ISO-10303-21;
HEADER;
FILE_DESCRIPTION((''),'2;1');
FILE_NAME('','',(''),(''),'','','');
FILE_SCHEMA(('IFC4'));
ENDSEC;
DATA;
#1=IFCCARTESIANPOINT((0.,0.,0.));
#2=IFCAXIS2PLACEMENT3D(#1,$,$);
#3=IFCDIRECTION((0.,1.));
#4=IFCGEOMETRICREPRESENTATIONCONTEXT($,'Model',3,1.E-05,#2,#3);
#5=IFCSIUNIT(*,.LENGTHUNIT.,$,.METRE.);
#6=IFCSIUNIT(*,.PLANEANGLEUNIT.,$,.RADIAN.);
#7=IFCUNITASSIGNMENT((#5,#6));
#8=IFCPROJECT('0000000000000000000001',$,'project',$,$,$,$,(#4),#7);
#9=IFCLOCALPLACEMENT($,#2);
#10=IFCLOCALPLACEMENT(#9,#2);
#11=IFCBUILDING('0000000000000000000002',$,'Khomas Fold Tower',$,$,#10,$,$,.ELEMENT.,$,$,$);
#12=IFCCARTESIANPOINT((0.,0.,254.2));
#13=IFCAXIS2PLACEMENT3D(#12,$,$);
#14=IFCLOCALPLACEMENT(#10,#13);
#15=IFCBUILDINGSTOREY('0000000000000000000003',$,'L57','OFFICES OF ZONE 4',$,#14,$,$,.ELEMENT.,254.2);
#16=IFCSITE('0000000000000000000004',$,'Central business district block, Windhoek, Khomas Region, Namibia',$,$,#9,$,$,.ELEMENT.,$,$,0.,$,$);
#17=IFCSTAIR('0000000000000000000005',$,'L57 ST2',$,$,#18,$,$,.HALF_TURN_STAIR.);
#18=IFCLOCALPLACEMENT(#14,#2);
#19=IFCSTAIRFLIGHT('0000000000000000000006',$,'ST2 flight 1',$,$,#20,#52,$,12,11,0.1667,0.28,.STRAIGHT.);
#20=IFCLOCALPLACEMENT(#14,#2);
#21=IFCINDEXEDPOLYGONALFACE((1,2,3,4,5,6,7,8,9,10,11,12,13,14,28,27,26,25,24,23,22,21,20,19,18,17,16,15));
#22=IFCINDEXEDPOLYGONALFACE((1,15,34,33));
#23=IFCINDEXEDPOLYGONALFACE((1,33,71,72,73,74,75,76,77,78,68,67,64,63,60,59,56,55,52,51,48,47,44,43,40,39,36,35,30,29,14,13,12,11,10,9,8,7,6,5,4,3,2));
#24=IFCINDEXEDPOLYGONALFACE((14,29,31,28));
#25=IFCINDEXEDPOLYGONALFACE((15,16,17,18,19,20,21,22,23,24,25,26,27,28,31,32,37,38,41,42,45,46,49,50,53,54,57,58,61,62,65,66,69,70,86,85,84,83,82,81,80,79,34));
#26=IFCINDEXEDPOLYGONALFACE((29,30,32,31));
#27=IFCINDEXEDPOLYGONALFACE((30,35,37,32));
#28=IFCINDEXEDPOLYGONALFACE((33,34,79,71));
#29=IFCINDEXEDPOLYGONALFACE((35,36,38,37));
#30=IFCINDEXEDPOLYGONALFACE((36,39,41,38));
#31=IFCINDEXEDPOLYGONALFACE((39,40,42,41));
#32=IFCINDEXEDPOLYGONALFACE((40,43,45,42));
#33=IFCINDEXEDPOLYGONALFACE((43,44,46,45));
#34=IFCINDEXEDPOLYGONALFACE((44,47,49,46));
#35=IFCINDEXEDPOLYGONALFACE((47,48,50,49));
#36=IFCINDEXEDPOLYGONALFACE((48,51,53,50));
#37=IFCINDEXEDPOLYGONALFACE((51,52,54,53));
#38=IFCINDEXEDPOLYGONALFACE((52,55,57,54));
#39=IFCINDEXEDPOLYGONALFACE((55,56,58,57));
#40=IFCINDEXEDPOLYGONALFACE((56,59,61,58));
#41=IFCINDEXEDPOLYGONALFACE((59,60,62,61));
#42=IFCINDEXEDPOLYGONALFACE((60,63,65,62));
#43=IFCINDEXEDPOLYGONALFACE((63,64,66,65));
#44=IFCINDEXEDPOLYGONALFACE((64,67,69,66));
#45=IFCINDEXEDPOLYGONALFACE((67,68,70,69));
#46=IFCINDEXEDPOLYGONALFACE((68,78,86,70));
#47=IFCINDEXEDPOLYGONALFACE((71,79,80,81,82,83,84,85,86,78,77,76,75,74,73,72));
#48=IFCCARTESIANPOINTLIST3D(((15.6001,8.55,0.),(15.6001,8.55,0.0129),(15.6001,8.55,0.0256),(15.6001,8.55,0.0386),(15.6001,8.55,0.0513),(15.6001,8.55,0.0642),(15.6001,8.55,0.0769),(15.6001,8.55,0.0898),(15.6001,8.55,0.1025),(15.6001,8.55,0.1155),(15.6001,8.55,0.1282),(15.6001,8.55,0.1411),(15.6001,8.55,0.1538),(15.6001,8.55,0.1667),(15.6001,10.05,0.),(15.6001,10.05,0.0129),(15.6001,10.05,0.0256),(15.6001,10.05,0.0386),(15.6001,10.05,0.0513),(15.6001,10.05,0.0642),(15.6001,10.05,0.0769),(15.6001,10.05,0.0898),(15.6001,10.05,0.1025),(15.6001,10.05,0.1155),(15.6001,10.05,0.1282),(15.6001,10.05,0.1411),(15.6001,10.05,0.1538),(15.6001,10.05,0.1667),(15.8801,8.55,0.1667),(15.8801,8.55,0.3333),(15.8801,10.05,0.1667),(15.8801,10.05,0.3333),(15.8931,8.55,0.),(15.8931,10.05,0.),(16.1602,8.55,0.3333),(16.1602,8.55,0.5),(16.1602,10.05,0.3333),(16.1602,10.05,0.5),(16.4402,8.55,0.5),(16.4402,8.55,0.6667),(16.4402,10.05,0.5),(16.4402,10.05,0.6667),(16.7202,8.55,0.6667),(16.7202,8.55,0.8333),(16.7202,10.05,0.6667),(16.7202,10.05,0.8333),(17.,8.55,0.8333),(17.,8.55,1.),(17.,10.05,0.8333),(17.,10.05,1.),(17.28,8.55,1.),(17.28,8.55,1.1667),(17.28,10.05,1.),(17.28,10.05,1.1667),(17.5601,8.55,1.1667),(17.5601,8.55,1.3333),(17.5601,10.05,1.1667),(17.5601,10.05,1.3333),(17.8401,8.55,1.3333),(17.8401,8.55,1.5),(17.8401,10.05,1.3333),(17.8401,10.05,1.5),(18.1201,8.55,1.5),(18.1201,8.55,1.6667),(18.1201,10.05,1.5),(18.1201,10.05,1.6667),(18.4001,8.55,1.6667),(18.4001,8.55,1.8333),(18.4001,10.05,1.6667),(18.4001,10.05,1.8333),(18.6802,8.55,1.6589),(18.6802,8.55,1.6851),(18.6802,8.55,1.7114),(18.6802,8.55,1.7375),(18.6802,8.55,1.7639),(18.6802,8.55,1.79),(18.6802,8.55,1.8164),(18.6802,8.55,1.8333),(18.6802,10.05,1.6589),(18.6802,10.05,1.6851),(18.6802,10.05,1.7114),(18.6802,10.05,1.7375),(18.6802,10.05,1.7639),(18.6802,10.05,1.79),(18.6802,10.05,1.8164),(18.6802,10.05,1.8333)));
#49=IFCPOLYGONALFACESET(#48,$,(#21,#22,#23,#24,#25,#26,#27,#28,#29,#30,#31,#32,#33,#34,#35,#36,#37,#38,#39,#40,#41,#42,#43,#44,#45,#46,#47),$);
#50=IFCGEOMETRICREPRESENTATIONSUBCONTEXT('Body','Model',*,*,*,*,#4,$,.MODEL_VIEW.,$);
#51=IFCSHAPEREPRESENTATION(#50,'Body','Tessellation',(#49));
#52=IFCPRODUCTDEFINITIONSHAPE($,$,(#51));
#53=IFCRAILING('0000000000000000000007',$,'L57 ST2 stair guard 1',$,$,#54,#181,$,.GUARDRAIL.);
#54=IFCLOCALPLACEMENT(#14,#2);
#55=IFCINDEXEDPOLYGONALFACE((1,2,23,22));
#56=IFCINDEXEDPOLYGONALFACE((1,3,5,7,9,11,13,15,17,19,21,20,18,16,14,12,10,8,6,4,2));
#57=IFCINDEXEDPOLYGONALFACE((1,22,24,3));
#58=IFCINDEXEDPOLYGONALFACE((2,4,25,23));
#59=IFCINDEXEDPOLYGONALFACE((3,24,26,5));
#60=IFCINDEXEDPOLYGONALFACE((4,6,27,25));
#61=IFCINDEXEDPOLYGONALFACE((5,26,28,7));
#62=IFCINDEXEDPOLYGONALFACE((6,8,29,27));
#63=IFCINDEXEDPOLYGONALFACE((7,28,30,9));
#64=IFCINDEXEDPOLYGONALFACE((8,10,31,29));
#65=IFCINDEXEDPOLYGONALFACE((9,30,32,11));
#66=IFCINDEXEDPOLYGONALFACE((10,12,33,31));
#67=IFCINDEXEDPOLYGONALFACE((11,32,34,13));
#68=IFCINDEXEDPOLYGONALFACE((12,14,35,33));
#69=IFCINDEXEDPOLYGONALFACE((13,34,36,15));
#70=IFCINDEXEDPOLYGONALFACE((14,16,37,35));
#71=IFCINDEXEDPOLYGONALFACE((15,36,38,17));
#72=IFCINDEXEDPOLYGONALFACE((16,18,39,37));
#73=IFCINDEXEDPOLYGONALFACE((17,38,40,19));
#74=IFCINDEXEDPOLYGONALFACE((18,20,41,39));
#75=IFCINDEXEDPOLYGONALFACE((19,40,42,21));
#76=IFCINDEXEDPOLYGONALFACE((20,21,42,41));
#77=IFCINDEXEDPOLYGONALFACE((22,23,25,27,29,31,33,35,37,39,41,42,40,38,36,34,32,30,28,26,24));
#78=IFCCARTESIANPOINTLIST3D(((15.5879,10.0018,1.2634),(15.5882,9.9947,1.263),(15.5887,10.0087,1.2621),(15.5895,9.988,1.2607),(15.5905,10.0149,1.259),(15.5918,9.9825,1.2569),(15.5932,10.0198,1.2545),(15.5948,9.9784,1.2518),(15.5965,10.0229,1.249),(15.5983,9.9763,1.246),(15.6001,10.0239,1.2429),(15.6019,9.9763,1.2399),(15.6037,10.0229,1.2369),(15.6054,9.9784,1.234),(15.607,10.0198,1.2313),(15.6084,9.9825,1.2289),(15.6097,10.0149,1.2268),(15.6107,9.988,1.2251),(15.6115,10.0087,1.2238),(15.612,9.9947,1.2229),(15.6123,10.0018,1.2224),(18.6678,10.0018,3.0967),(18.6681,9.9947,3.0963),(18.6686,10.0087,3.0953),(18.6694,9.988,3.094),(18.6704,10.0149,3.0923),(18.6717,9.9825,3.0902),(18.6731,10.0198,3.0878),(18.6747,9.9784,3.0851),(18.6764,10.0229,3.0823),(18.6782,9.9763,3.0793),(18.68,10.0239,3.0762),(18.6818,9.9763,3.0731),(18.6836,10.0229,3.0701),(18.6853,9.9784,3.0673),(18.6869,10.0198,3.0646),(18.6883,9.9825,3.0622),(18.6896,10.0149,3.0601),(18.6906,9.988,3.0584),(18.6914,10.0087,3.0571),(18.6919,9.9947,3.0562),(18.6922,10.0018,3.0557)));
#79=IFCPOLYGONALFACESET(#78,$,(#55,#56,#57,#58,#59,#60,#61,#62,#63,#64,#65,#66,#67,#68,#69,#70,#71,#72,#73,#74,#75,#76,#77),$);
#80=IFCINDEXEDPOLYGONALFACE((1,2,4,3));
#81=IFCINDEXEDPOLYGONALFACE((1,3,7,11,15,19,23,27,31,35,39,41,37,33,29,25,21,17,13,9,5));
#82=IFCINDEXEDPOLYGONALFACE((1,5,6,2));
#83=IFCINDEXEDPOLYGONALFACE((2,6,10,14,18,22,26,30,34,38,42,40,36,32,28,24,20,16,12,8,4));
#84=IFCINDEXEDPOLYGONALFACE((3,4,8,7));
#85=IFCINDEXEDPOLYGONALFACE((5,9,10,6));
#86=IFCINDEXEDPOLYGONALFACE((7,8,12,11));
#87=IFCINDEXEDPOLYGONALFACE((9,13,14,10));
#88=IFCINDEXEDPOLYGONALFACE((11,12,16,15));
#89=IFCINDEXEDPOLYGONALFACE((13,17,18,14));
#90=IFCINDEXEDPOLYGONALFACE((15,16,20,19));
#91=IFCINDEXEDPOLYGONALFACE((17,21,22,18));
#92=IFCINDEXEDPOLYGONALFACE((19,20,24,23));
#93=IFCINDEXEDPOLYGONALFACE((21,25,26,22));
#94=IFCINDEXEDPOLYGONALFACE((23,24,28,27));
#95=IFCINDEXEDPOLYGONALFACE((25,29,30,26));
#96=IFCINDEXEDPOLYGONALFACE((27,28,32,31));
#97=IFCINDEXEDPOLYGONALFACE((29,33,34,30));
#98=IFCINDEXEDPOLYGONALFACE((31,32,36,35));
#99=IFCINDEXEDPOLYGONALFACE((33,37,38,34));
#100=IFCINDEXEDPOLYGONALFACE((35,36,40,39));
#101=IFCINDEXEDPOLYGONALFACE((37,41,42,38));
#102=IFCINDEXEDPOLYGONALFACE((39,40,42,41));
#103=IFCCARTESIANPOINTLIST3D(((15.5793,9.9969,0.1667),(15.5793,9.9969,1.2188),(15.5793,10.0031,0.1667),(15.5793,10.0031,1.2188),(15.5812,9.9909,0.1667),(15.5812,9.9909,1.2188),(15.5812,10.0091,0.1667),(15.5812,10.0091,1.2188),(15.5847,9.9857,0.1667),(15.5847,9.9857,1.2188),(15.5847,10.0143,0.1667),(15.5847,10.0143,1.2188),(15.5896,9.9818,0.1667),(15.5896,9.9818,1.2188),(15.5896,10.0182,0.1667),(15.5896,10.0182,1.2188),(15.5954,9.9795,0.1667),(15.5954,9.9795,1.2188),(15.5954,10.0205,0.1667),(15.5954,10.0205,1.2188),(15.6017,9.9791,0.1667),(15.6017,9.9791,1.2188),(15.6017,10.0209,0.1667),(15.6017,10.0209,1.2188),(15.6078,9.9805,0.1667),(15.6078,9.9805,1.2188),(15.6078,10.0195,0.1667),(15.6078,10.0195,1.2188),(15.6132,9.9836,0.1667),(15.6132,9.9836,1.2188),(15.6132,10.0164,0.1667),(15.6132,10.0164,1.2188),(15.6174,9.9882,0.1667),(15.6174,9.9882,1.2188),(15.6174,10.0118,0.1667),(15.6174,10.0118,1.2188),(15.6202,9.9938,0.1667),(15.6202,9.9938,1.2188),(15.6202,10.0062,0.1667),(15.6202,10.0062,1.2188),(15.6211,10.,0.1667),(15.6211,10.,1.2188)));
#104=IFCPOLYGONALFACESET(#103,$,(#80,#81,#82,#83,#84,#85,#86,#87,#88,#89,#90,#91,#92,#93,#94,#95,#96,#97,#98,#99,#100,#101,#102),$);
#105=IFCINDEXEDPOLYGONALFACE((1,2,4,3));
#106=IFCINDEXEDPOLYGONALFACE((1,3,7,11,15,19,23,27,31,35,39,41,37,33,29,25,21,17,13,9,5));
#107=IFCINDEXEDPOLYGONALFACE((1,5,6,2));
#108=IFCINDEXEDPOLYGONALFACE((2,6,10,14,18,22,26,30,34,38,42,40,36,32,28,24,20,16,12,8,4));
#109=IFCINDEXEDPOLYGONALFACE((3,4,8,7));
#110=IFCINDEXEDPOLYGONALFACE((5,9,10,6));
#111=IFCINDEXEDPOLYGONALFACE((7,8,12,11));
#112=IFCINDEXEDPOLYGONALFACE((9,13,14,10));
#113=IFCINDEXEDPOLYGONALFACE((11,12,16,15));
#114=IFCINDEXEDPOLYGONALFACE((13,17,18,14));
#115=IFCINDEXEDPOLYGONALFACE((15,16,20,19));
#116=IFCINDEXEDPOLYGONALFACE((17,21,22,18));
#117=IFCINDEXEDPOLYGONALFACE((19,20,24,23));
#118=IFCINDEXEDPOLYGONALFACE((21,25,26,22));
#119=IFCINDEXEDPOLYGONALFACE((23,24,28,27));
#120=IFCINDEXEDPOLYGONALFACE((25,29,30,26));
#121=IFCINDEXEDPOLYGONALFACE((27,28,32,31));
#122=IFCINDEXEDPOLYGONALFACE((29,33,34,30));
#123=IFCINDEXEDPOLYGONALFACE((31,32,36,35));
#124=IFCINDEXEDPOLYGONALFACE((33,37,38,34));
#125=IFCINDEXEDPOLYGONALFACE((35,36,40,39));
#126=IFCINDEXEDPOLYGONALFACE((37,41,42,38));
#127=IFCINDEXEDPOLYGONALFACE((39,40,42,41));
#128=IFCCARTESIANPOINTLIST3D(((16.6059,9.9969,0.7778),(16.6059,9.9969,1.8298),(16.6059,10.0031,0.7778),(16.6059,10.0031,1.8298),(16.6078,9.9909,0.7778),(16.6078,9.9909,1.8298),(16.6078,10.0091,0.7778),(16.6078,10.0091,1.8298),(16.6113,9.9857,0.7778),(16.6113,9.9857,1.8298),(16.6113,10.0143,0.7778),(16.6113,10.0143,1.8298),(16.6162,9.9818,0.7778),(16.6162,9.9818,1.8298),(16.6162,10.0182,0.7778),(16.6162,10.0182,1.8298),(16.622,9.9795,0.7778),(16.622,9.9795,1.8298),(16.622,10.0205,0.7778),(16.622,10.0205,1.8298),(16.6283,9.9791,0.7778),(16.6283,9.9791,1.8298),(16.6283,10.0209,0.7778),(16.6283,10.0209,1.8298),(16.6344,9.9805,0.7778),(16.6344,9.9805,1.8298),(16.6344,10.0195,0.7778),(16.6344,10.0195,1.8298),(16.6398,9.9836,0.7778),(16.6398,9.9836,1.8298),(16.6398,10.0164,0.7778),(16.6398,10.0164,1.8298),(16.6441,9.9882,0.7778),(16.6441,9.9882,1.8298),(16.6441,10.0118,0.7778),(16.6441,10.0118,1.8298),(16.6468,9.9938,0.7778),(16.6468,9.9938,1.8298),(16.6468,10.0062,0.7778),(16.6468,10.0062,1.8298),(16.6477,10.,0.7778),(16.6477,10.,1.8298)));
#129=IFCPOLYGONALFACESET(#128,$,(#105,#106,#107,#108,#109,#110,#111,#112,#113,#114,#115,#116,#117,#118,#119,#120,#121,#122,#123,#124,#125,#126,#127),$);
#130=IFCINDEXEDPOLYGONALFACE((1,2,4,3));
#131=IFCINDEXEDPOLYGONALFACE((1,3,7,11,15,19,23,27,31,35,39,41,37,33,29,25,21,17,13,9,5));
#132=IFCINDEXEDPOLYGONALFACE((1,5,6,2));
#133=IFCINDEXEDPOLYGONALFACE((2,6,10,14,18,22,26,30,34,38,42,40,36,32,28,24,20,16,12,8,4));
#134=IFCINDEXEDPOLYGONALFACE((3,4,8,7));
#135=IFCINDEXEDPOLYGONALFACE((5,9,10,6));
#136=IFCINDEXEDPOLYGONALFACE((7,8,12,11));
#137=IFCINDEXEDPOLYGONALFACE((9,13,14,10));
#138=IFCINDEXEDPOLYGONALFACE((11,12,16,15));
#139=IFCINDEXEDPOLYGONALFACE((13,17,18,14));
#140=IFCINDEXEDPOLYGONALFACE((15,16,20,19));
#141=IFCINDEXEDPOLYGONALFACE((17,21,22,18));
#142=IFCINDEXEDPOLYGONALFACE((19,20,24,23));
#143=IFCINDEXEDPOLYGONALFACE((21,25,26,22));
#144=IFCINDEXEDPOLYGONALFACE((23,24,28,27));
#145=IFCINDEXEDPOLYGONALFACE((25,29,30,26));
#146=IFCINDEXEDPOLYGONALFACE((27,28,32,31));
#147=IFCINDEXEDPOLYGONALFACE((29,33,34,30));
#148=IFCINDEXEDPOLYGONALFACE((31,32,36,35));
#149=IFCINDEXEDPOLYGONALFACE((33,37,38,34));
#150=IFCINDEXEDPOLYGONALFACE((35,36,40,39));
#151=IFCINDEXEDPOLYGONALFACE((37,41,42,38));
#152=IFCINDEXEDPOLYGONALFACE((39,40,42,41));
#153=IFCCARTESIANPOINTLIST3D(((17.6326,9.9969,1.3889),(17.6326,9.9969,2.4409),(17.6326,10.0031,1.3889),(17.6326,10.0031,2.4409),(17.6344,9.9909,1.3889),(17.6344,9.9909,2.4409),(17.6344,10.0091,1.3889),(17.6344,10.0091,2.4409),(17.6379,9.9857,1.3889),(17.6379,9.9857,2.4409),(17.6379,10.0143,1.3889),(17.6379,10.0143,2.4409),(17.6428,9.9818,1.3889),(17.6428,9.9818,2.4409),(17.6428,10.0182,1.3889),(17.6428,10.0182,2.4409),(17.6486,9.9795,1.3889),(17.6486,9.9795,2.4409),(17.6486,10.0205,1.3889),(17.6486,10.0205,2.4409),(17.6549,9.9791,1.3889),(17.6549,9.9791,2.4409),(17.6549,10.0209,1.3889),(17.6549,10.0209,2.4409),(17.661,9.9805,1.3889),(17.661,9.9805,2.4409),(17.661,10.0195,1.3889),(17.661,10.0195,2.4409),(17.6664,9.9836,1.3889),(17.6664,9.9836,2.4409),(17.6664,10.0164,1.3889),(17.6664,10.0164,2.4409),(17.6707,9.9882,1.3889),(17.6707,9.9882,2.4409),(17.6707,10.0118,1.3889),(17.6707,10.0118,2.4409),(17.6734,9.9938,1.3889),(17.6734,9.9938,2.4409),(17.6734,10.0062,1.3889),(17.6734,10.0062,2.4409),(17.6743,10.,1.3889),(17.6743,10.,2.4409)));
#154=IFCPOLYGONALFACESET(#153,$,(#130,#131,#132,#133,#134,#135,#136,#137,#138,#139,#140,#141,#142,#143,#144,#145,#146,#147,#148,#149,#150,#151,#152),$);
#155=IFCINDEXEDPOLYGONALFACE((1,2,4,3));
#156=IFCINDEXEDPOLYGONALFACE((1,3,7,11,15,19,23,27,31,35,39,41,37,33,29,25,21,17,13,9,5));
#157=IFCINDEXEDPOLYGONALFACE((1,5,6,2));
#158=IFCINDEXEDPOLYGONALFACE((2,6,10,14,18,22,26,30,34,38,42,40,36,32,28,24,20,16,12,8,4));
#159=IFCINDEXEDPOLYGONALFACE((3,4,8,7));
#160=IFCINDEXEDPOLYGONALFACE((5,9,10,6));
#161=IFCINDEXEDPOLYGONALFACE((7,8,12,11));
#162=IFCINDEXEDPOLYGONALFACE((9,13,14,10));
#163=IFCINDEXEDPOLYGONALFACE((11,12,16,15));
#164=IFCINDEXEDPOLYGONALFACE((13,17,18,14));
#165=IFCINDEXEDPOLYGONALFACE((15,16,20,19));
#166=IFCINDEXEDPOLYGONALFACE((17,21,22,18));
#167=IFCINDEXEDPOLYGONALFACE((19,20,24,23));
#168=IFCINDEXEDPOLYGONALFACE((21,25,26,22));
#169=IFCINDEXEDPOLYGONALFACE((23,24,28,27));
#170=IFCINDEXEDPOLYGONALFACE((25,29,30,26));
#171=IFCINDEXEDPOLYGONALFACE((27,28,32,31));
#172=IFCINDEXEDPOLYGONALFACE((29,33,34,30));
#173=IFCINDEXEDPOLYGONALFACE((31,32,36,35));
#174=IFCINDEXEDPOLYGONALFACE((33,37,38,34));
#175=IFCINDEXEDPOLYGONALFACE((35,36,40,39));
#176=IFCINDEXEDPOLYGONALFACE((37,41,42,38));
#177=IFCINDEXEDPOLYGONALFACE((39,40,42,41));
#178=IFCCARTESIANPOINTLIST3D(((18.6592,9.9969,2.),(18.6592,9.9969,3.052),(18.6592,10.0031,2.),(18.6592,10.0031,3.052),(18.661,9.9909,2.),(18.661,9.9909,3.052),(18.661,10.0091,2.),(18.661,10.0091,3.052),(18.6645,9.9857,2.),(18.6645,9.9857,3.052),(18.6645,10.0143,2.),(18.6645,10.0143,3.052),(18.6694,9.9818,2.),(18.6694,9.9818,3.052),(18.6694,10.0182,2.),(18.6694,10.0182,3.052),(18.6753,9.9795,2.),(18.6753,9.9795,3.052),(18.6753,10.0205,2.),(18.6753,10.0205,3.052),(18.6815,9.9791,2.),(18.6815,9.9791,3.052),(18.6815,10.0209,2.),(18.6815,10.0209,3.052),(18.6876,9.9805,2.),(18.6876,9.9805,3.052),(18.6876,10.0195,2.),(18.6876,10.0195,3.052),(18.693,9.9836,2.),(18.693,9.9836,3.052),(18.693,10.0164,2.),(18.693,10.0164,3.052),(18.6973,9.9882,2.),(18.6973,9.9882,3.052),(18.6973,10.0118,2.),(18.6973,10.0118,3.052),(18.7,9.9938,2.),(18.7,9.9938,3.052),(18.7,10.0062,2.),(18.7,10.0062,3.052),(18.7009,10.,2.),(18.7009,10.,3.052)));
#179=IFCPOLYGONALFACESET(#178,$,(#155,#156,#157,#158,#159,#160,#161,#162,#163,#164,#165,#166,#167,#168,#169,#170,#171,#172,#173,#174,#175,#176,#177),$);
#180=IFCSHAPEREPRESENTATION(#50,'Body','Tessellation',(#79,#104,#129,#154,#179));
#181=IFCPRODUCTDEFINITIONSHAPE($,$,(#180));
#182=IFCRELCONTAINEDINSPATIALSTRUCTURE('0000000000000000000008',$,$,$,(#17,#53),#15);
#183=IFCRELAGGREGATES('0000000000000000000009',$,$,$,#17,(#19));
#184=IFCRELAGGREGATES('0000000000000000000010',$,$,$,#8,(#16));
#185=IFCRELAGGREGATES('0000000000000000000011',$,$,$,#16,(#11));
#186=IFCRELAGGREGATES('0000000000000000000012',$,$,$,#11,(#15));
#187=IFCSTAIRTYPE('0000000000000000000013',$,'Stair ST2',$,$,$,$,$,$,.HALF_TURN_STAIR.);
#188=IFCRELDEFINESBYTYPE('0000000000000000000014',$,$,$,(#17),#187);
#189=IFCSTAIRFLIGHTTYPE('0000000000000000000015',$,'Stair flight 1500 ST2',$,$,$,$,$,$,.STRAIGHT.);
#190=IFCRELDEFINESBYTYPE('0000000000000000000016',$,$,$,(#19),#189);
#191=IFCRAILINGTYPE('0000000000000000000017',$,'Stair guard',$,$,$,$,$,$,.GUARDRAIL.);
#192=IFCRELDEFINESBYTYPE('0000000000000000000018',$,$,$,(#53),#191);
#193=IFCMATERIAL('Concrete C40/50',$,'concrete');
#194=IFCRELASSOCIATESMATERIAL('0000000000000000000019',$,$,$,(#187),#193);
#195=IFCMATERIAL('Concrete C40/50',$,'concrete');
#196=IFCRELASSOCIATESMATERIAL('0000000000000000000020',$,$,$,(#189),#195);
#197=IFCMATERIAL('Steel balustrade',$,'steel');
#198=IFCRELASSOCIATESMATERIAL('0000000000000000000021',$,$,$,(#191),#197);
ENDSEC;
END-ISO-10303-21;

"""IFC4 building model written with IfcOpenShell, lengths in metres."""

from ifc_helpers import new_model, si_unit, direction, frame, origin, origin_2d, place, context, subcontext, project, spatial, polyline, circle, outline, extrude, source, transform, mapped, material, type_object, element, aggregate, save


model = new_model("IFC4")

# Units and contexts
model_context = context("Model", 3, precision=1e-05, world=origin(), true_north=direction((0.0, 1.0)))
body_context = subcontext(model_context, "Body", "Model", "MODEL_VIEW")
ifc_project = project(units=[si_unit("LENGTHUNIT", "METRE"), si_unit("PLANEANGLEUNIT", "RADIAN")], contexts=[model_context])

# Site, building, storey
site_placement = place(None, origin())
site = spatial("IfcSite", under=ifc_project, at=site_placement, Name="Central business district block, Windhoek, Khomas Region, Namibia", CompositionType="ELEMENT", RefElevation=0.0)
building_placement = place(site_placement, origin())
building = spatial("IfcBuilding", under=site, at=building_placement, Name="Khomas Fold Tower", CompositionType="ELEMENT")
storey_placement = place(building_placement, frame((0.0, 0.0, 254.2)))
storey = spatial("IfcBuildingStorey", under=building, at=storey_placement, Name="L57", Description="OFFICES OF ZONE 4", CompositionType="ELEMENT", Elevation=254.2)

# Stair, stair flight
ifc_material_1 = material(Name="Concrete C40/50", Category="concrete")
stair_type = type_object("IfcStairType", Name="Stair ST2", PredefinedType="HALF_TURN_STAIR", material=ifc_material_1)
stair_placement = place(storey_placement, origin())
stair = element("IfcStair", 1, at=stair_placement, inside=storey, type_object=stair_type, Name="L57 ST2", PredefinedType="HALF_TURN_STAIR")
ifc_material_2 = material(Name="Concrete C40/50", Category="concrete")
stair_flight_type = type_object("IfcStairFlightType", Name="Stair flight 1500 ST2", PredefinedType="STRAIGHT", material=ifc_material_2)
shared_shape_1 = source(origin(), body_context, "Body", "SweptSolid", [
    extrude(outline(polyline([(0.0, 0.0), (0.0, 0.0129), (0.0, 0.0256), (0.0, 0.0386), (0.0, 0.0513), (0.0, 0.0642), (0.0, 0.0769), (0.0, 0.0898), (0.0, 0.1025), (0.0, 0.1155), (0.0, 0.1282), (0.0, 0.1411), (0.0, 0.1538), (0.0, 0.1667), (0.28, 0.1667), (0.28, 0.3333), (0.5601, 0.3333), (0.5601, 0.5), (0.8401, 0.5), (0.8401, 0.6667), (1.1201, 0.6667), (1.1201, 0.8333), (1.3999, 0.8333), (1.3999, 1.0), (1.6799, 1.0), (1.6799, 1.1667), (1.96, 1.1667), (1.96, 1.3333), (2.24, 1.3333), (2.24, 1.5), (2.52, 1.5), (2.52, 1.6667), (2.8, 1.6667), (2.8, 1.8333), (3.0801, 1.8333), (3.0801, 2.0), (3.0801, 1.9739), (3.0801, 1.9475), (3.0801, 1.9214), (3.0801, 1.895), (3.0801, 1.8689), (3.0801, 1.8425), (3.0801, 1.8164), (3.0801, 1.79), (3.0801, 1.7639), (3.0801, 1.7375), (3.0801, 1.7114), (3.0801, 1.6851), (3.0801, 1.6589), (0.293, 0.0), (0.0, 0.0)])), frame((0.0, 0.75, 0.0), z_axis=(0.0, -1.0, 0.0), x_axis=(1.0, 0.0, 0.0)), (0.0, 0.0, 1.0), 1.5),
])
stair_flight_placement = place(storey_placement, frame((15.6001, 9.3, 0.0), z_axis=(0.0, 0.0, 1.0), x_axis=(1.0, 0.0, 0.0)))
stair_flight = element("IfcStairFlight", 2, at=stair_flight_placement, type_object=stair_flight_type, Name="ST2 flight 1", NumberOfRisers=12, NumberOfTreads=11, PredefinedType="STRAIGHT", RiserHeight=0.1667, TreadLength=0.28, context=body_context, shape_type="MappedRepresentation", body=[
    mapped(shared_shape_1, transform((0.0, 0.0, 0.0))),
])
aggregate(stair, [stair_flight])

# Railing
ifc_material_3 = material(Name="Steel balustrade", Category="steel")
railing_type_1 = type_object("IfcRailingType", Name="Stair guard", PredefinedType="GUARDRAIL", material=ifc_material_3)
shared_shape_2 = source(origin(), body_context, "Body", "SweptSolid", [
    extrude(circle(Radius=0.0239, at=origin_2d()), frame((0.0, 0.0, 1.0762), z_axis=(0.859291, 0.0, 0.511487), x_axis=(0.0, 1.0, 0.0)), (0.0, 0.0, 1.0), 3.5842),
    extrude(circle(Radius=0.021, at=origin_2d()), origin(), (0.0, 0.0, 1.0), 1.052),
    extrude(circle(Radius=0.021, at=origin_2d()), frame((1.0266, 0.0, 0.6111)), (0.0, 0.0, 1.0), 1.052),
    extrude(circle(Radius=0.021, at=origin_2d()), frame((2.0532, 0.0, 1.2222)), (0.0, 0.0, 1.0), 1.052),
    extrude(circle(Radius=0.021, at=origin_2d()), frame((3.0798, 0.0, 1.8333)), (0.0, 0.0, 1.0), 1.052),
])
railing_1_placement = place(storey_placement, frame((15.6001, 10.0, 0.1667)))
element("IfcRailing", 3, at=railing_1_placement, inside=storey, type_object=railing_type_1, Name="L57 ST2 stair guard 1", PredefinedType="GUARDRAIL", context=body_context, shape_type="MappedRepresentation", body=[
    mapped(shared_shape_2, transform((0.0, 0.0, 0.0))),
])

save(model, "model.ifc")
